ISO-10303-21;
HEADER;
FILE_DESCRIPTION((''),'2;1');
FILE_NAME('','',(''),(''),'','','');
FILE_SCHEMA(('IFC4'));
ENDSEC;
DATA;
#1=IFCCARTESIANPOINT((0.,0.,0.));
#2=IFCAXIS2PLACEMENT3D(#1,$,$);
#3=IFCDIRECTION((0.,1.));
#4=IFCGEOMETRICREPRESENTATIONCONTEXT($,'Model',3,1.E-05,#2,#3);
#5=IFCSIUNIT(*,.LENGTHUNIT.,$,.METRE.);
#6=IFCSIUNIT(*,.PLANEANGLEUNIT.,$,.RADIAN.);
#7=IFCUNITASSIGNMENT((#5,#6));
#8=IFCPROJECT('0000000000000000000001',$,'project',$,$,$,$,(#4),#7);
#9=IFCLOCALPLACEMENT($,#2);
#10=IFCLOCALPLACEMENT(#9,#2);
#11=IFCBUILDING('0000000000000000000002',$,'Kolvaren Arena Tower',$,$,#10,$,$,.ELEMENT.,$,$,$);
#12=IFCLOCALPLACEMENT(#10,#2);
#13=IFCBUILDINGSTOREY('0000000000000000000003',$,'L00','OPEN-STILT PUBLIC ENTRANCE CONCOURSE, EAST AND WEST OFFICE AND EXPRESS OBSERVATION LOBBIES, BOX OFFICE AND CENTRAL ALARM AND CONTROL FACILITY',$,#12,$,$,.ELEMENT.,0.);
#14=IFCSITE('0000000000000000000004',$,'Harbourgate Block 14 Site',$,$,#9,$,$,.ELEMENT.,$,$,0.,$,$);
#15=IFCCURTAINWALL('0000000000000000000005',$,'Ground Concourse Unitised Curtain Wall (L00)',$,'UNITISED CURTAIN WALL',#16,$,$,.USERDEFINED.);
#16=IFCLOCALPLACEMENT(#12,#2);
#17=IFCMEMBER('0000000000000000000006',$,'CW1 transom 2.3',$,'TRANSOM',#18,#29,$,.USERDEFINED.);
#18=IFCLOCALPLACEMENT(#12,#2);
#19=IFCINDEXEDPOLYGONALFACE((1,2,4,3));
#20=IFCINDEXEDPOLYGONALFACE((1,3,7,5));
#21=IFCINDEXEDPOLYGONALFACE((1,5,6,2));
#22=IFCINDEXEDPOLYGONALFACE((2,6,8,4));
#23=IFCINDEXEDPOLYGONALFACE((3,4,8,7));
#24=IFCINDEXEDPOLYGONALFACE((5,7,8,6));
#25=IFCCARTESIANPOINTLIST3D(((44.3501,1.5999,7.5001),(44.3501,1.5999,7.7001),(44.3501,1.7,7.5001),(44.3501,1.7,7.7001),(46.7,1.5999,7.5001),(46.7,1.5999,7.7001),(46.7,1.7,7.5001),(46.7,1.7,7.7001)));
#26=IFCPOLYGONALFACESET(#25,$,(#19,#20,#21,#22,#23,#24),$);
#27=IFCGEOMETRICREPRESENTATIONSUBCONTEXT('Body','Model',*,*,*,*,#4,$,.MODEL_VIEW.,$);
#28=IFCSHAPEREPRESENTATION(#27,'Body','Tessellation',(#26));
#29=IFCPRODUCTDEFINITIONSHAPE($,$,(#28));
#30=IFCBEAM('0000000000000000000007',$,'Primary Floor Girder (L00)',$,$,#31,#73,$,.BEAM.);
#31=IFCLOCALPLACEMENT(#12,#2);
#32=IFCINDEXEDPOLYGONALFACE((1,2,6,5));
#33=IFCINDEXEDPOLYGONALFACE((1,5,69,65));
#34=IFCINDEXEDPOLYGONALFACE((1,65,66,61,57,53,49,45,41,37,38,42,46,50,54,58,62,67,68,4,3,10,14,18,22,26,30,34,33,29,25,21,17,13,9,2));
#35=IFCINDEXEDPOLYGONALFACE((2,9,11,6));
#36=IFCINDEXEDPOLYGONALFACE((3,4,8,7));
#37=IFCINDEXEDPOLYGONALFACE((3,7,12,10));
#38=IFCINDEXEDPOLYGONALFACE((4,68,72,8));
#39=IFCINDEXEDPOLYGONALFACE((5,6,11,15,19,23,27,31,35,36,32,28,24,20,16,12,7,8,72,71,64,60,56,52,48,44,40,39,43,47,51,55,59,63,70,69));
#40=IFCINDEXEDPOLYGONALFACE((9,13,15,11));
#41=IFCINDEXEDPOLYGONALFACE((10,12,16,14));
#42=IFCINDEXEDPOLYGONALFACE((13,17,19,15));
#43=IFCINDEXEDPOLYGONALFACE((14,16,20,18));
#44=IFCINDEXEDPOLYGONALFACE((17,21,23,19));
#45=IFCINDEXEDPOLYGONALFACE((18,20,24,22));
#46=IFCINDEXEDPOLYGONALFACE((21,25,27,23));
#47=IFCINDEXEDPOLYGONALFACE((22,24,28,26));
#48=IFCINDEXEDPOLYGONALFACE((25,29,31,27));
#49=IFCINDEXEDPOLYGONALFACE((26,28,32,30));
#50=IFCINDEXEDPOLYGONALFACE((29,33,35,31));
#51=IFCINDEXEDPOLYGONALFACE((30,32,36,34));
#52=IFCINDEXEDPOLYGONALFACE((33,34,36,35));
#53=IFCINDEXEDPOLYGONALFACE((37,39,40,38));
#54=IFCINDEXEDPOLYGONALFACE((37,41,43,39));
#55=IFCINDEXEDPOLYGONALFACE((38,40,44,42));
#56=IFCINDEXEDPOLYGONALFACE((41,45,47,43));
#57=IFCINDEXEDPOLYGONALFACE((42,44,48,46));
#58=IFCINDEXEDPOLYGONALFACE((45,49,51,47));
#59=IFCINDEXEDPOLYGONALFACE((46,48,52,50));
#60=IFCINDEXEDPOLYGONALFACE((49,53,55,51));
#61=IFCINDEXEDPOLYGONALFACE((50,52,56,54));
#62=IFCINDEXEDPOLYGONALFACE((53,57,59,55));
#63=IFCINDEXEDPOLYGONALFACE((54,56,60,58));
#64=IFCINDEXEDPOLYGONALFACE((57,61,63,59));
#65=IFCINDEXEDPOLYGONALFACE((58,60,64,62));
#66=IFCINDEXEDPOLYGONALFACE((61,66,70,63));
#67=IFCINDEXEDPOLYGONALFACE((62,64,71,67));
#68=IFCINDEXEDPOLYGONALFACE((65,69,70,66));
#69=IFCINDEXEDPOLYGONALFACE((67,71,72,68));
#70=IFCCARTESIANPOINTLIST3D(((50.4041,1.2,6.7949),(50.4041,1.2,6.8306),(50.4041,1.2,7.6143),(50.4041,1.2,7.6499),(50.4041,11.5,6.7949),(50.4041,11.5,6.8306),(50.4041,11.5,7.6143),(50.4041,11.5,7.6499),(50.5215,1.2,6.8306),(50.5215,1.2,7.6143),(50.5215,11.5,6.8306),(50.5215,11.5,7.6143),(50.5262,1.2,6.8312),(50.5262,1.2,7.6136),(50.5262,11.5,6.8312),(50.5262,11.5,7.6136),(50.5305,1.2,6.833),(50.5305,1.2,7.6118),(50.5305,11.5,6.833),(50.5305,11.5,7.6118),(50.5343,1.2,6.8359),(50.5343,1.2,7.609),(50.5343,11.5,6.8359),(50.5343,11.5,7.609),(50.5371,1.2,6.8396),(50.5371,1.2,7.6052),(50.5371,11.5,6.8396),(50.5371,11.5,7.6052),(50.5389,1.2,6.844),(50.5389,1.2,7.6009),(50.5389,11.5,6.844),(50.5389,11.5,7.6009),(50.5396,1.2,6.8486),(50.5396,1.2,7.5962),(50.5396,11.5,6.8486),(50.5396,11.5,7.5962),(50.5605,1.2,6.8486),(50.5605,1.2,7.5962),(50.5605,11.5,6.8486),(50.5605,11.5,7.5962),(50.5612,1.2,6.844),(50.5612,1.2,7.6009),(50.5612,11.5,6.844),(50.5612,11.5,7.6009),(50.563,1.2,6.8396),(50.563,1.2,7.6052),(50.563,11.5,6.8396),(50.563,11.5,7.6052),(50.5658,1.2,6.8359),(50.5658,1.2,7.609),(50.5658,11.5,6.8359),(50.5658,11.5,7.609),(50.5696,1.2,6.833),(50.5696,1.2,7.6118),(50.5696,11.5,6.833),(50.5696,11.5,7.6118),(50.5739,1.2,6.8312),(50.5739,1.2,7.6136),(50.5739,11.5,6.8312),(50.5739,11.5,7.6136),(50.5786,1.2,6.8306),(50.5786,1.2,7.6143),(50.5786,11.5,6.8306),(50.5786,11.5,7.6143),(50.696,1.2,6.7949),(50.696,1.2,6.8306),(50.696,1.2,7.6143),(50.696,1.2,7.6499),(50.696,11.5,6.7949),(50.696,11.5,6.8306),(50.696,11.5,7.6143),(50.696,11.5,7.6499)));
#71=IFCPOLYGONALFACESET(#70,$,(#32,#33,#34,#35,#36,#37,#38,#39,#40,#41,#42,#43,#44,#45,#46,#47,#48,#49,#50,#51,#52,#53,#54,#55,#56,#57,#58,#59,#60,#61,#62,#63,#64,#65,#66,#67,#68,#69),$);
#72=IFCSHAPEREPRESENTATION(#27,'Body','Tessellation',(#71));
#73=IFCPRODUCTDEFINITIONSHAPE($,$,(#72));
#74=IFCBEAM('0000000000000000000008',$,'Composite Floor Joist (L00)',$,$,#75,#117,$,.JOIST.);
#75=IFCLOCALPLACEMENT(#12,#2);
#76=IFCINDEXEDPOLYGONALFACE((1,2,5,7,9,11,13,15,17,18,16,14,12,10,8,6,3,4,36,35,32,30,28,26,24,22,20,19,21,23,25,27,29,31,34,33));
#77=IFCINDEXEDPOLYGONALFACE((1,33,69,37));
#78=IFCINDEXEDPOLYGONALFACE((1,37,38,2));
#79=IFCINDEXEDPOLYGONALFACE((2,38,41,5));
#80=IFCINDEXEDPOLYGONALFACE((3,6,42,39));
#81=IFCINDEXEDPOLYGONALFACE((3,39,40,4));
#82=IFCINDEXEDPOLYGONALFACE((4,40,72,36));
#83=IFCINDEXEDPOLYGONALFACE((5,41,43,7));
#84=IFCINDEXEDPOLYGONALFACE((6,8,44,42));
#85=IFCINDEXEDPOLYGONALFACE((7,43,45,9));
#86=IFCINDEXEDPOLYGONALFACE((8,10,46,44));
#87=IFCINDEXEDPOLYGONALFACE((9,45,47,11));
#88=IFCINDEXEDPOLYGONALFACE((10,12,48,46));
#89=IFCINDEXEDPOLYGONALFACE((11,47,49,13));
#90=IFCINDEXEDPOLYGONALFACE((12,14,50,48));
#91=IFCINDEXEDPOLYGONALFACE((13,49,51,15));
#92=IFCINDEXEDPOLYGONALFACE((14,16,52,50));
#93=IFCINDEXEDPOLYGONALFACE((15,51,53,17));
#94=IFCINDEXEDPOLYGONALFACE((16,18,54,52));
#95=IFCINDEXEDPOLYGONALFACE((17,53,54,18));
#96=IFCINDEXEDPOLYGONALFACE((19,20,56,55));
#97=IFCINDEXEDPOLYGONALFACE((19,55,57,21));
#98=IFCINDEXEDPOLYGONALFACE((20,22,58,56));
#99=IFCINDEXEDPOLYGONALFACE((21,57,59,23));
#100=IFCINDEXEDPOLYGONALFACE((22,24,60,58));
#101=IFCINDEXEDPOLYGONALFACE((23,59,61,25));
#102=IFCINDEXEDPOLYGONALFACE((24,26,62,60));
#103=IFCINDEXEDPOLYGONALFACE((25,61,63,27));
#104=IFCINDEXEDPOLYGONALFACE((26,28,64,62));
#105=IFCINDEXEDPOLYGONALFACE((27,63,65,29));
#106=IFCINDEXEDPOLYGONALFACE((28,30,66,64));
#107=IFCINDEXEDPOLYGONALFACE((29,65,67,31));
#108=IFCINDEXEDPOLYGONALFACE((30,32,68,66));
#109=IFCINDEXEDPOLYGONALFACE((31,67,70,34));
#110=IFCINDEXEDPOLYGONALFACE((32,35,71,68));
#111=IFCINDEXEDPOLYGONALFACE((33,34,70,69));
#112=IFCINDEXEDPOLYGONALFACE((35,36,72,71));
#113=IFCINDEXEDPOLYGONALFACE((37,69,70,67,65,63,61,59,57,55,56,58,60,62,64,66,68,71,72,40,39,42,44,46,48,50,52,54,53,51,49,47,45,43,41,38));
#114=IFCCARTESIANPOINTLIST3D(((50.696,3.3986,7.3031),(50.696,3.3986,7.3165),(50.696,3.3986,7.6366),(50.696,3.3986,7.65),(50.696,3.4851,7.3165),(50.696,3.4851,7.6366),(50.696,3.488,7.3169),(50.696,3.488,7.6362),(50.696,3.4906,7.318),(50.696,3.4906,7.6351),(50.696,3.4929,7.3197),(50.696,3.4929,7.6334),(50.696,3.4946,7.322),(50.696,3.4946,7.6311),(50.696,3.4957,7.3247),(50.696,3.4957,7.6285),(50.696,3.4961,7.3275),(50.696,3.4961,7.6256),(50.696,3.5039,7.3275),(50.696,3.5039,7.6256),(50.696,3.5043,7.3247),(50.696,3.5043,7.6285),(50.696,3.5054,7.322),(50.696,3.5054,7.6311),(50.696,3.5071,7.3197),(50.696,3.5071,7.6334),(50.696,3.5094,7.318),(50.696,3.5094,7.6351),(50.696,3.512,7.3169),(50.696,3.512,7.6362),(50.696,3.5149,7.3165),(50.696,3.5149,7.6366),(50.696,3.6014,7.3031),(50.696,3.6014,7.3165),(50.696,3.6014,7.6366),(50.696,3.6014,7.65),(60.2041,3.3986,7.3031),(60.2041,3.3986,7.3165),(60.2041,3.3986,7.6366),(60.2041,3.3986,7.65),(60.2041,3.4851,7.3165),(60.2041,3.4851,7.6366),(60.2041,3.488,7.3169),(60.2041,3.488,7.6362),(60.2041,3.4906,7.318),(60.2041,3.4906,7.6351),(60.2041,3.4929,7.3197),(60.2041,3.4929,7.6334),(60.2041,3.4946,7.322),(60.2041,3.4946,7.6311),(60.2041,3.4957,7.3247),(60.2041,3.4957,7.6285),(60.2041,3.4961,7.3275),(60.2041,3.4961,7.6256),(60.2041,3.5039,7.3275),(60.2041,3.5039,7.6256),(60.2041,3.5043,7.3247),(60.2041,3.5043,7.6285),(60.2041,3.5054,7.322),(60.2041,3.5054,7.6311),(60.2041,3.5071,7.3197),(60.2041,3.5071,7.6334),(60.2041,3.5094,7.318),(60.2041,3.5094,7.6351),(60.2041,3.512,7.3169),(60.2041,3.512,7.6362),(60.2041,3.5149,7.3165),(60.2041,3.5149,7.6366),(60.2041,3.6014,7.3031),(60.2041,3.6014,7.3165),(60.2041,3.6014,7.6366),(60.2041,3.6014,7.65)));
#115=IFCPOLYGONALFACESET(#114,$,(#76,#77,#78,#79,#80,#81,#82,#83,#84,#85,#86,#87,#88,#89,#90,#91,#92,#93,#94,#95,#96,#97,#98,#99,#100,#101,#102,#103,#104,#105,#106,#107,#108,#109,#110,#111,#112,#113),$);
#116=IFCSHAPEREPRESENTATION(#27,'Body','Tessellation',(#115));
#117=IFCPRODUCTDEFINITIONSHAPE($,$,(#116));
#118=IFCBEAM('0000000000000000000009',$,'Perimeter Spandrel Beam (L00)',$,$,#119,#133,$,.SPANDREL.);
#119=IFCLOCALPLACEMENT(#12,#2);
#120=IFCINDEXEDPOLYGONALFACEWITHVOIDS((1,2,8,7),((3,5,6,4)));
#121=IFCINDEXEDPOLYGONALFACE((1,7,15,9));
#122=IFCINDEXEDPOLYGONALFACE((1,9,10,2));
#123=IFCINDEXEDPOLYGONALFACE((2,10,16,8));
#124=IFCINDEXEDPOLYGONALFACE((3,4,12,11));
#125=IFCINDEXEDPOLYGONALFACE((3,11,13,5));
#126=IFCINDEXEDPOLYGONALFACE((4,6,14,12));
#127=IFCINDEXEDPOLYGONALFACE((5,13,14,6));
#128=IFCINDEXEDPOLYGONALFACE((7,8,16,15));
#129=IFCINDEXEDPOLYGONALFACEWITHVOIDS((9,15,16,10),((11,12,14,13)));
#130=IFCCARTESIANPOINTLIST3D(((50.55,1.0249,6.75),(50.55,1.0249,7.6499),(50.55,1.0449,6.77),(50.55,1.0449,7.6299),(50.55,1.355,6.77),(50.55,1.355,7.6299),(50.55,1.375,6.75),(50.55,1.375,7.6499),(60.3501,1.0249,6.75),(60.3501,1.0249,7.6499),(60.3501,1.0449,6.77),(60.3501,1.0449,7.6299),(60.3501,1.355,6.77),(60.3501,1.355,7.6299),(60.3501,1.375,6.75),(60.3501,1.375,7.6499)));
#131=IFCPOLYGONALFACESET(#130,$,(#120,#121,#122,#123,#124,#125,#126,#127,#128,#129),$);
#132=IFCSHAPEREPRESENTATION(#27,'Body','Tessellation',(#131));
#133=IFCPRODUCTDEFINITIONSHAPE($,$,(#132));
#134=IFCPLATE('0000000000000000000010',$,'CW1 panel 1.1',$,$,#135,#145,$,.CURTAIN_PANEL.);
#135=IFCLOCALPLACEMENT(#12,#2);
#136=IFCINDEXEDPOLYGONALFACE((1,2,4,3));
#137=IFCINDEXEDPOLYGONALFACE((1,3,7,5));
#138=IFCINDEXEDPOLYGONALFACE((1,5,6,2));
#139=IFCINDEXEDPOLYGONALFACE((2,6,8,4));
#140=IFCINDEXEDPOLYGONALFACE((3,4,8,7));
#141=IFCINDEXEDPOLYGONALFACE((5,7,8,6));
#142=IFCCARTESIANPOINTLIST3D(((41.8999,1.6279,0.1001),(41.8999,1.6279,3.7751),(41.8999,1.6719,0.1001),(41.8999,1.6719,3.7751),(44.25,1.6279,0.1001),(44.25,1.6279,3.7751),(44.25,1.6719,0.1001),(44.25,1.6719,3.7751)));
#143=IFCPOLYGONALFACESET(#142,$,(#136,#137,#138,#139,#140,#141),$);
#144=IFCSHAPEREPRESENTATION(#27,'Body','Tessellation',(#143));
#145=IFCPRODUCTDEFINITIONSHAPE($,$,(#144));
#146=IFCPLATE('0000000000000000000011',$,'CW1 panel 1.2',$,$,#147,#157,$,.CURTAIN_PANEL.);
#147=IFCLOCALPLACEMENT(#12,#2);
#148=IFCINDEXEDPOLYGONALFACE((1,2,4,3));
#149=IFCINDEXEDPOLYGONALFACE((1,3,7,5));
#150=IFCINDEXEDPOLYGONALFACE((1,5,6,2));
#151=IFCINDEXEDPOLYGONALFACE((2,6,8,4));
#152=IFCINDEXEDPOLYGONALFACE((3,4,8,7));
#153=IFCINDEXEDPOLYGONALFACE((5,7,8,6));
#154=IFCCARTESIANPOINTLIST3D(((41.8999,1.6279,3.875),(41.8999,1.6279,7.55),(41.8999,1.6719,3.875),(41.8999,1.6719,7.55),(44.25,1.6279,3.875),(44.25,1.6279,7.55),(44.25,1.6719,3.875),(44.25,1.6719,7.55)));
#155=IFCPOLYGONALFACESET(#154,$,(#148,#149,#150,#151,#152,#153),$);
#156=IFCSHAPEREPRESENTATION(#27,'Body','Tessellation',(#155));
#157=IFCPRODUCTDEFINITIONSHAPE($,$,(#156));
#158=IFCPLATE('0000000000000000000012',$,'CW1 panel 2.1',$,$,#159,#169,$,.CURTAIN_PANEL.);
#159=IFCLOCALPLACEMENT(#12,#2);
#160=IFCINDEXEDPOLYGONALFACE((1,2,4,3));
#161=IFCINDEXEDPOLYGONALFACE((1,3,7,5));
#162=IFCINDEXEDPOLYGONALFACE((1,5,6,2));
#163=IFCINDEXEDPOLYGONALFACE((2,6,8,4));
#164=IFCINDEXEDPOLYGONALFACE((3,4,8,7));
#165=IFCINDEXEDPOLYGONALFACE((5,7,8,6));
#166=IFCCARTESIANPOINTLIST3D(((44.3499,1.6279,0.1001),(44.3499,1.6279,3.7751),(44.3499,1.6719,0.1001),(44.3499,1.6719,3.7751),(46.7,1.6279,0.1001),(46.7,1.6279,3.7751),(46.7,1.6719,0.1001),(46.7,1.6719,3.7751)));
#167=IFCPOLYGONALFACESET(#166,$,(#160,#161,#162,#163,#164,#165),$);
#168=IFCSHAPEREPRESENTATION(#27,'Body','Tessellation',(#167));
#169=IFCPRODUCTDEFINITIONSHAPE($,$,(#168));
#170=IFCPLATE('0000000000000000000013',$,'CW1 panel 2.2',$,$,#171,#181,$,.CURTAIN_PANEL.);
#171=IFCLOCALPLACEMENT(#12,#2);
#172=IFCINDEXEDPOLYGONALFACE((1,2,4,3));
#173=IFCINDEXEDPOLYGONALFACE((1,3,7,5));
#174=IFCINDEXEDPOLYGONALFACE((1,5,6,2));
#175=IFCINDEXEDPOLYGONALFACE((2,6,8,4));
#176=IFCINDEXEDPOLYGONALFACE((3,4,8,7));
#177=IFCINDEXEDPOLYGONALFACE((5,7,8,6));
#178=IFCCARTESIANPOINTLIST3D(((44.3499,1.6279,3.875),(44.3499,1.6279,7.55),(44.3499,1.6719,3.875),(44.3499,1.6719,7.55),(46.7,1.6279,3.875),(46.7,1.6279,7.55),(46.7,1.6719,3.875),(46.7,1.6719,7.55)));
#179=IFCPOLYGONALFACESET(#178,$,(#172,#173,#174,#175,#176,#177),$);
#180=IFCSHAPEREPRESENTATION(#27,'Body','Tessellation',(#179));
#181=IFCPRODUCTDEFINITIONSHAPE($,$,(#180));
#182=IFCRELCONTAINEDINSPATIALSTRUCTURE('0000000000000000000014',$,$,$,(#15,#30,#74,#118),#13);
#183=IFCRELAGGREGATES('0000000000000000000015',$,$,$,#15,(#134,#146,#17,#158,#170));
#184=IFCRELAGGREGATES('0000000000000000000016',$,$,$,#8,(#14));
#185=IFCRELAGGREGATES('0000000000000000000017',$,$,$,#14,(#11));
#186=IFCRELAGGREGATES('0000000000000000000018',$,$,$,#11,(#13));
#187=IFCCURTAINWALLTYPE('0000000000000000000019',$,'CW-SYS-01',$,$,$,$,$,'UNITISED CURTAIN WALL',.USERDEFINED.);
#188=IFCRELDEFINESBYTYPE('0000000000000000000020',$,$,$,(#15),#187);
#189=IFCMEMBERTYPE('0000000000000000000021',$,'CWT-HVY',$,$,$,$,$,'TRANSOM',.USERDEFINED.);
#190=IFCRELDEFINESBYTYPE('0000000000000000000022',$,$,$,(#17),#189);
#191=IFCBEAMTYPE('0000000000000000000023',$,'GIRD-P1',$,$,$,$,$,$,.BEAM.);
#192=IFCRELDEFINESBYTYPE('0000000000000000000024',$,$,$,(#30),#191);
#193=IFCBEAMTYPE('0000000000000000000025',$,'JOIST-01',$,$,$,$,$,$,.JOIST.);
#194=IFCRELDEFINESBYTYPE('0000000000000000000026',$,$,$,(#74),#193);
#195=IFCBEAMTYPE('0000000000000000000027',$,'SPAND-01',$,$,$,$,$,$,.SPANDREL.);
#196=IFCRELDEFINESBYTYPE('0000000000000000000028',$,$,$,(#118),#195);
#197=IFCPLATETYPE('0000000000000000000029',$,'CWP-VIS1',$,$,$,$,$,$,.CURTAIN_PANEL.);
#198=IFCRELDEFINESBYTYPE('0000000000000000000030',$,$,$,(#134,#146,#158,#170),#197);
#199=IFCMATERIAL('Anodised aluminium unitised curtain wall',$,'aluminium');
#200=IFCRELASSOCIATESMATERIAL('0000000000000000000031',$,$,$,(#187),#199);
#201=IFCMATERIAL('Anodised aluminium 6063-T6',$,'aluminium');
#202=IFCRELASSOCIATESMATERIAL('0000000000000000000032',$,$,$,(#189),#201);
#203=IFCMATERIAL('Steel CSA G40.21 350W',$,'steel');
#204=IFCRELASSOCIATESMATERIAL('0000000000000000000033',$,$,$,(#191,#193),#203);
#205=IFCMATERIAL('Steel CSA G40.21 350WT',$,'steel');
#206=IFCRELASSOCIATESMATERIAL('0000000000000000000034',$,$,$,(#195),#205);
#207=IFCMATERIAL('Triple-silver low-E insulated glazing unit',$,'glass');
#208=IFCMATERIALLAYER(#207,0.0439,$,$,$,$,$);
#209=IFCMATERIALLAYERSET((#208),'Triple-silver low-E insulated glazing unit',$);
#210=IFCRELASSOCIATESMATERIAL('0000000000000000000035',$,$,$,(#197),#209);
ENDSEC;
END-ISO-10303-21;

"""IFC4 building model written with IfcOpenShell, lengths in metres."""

from ifc_helpers import new_model, si_unit, direction, frame, origin, origin_2d, place, context, subcontext, project, spatial, rectangle, hollow_rectangle, i_section, extrude, material, layer, layer_set, material_profile, profile_set, type_object, element, aggregate, save


model = new_model("IFC4")

# Units and contexts
model_context = context("Model", 3, precision=1e-05, world=origin(), true_north=direction((0.0, 1.0)))
body_context = subcontext(model_context, "Body", "Model", "MODEL_VIEW")
ifc_project = project(units=[si_unit("LENGTHUNIT", "METRE"), si_unit("PLANEANGLEUNIT", "RADIAN")], contexts=[model_context])

# Site, building, storey
site_placement = place(None, origin())
site = spatial("IfcSite", under=ifc_project, at=site_placement, Name="Harbourgate Block 14 Site", CompositionType="ELEMENT", RefElevation=0.0)
building_placement = place(site_placement, origin())
building = spatial("IfcBuilding", under=site, at=building_placement, Name="Kolvaren Arena Tower", CompositionType="ELEMENT")
storey_placement = place(building_placement, origin())
storey = spatial("IfcBuildingStorey", under=building, at=storey_placement, Name="L00", Description="OPEN-STILT PUBLIC ENTRANCE CONCOURSE, EAST AND WEST OFFICE AND EXPRESS OBSERVATION LOBBIES, BOX OFFICE AND CENTRAL ALARM AND CONTROL FACILITY", CompositionType="ELEMENT", Elevation=0.0)

# Curtain wall, member
ifc_material_1 = material(Name="Anodised aluminium unitised curtain wall", Category="aluminium")
curtain_wall_type = type_object("IfcCurtainWallType", Name="CW-SYS-01", ElementType="UNITISED CURTAIN WALL", PredefinedType="USERDEFINED", material=ifc_material_1)
curtain_wall_placement = place(storey_placement, origin())
curtain_wall = element("IfcCurtainWall", 1, at=curtain_wall_placement, inside=storey, type_object=curtain_wall_type, Name="Ground Concourse Unitised Curtain Wall (L00)", ObjectType="UNITISED CURTAIN WALL", PredefinedType="USERDEFINED")
ifc_material_2 = material(Name="Anodised aluminium 6063-T6", Category="aluminium")
ifc_material_profile_1 = material_profile(ifc_material_2, rectangle(XDim=0.1001, YDim=0.2, at=origin_2d()), Name="ALU-100x200")
ifc_profile_set_1 = profile_set([ifc_material_profile_1], Name="Anodised aluminium 6063-T6")
member_type_1 = type_object("IfcMemberType", Name="CWT-HVY", ElementType="TRANSOM", PredefinedType="USERDEFINED", material=ifc_profile_set_1)
member_1_placement = place(storey_placement, frame((44.3501, 1.6499, 7.6001), z_axis=(1.0, 0.0, 0.0), x_axis=(0.0, 1.0, 0.0)))
member_1 = element("IfcMember", 2, at=member_1_placement, type_object=member_type_1, Name="CW1 transom 2.3", ObjectType="TRANSOM", PredefinedType="USERDEFINED", context=body_context, shape_type="SweptSolid", body=[
    extrude(rectangle(XDim=0.1001, YDim=0.2, at=origin_2d()), origin(), (0.0, 0.0, 1.0), 2.3499),
])

# Beams
ifc_material_3 = material(Name="Steel CSA G40.21 350W", Category="steel")
ifc_material_profile_2 = material_profile(ifc_material_3, i_section(OverallWidth=0.292, OverallDepth=0.855, WebThickness=0.021, FlangeThickness=0.0356, FilletRadius=0.0181, at=origin_2d()), Name="W840x299")
ifc_profile_set_2 = profile_set([ifc_material_profile_2], Name="Steel CSA G40.21 350W")
beam_type_1 = type_object("IfcBeamType", Name="GIRD-P1", PredefinedType="BEAM", material=ifc_profile_set_2)
beam_1_placement = place(storey_placement, frame((50.55, 1.2, 7.2224), z_axis=(0.0, 1.0, 0.0), x_axis=(-1.0, 0.0, 0.0)))
element("IfcBeam", 3, at=beam_1_placement, inside=storey, type_object=beam_type_1, Name="Primary Floor Girder (L00)", PredefinedType="BEAM", context=body_context, shape_type="SweptSolid", body=[
    extrude(i_section(OverallWidth=0.292, OverallDepth=0.855, WebThickness=0.021, FlangeThickness=0.0356, FilletRadius=0.0181, at=origin_2d()), origin(), (0.0, 0.0, 1.0), 10.3),
])
ifc_material_profile_3 = material_profile(ifc_material_3, i_section(OverallWidth=0.2029, OverallDepth=0.3469, WebThickness=0.0078, FlangeThickness=0.0134, FilletRadius=0.011, at=origin_2d()), Name="W360x64")
ifc_profile_set_3 = profile_set([ifc_material_profile_3], Name="Steel CSA G40.21 350W")
beam_type_2 = type_object("IfcBeamType", Name="JOIST-01", PredefinedType="JOIST", material=ifc_profile_set_3)
beam_2_placement = place(storey_placement, frame((50.696, 3.5, 7.4766), z_axis=(1.0, 0.0, 0.0), x_axis=(0.0, 1.0, 0.0)))
element("IfcBeam", 4, at=beam_2_placement, inside=storey, type_object=beam_type_2, Name="Composite Floor Joist (L00)", PredefinedType="JOIST", context=body_context, shape_type="SweptSolid", body=[
    extrude(i_section(OverallWidth=0.2029, OverallDepth=0.3469, WebThickness=0.0078, FlangeThickness=0.0134, FilletRadius=0.011, at=origin_2d()), origin(), (0.0, 0.0, 1.0), 9.5081),
])
ifc_material_4 = material(Name="Steel CSA G40.21 350WT", Category="steel")
ifc_material_profile_4 = material_profile(ifc_material_4, hollow_rectangle(XDim=0.3501, YDim=0.8999, WallThickness=0.02, at=origin_2d()), Name="HSS 900x350x20")
ifc_profile_set_4 = profile_set([ifc_material_profile_4], Name="Steel CSA G40.21 350WT")
beam_type_3 = type_object("IfcBeamType", Name="SPAND-01", PredefinedType="SPANDREL", material=ifc_profile_set_4)
beam_3_placement = place(storey_placement, frame((50.55, 1.2, 7.2), z_axis=(1.0, 0.0, 0.0), x_axis=(0.0, 1.0, 0.0)))
element("IfcBeam", 5, at=beam_3_placement, inside=storey, type_object=beam_type_3, Name="Perimeter Spandrel Beam (L00)", PredefinedType="SPANDREL", context=body_context, shape_type="SweptSolid", body=[
    extrude(hollow_rectangle(XDim=0.3501, YDim=0.8999, WallThickness=0.02, at=origin_2d()), origin(), (0.0, 0.0, 1.0), 9.8),
])

# Plates
ifc_material_5 = material(Name="Triple-silver low-E insulated glazing unit", Category="glass")
ifc_layer_1 = layer(ifc_material_5, 0.0439)
ifc_layer_set_1 = layer_set([ifc_layer_1], Name="Triple-silver low-E insulated glazing unit")
plate_type_1 = type_object("IfcPlateType", Name="CWP-VIS1", PredefinedType="CURTAIN_PANEL", material=ifc_layer_set_1)
plate_1_placement = place(storey_placement, frame((43.075, 1.6499, 0.1001), z_axis=(0.0, 0.0, 1.0), x_axis=(1.0, 0.0, 0.0)))
plate_1 = element("IfcPlate", 6, at=plate_1_placement, type_object=plate_type_1, Name="CW1 panel 1.1", PredefinedType="CURTAIN_PANEL", context=body_context, shape_type="SweptSolid", body=[
    extrude(rectangle(XDim=2.3501, YDim=0.0439, at=origin_2d()), origin(), (0.0, 0.0, 1.0), 3.675),
])
plate_2_placement = place(storey_placement, frame((43.075, 1.6499, 3.875), z_axis=(0.0, 0.0, 1.0), x_axis=(1.0, 0.0, 0.0)))
plate_2 = element("IfcPlate", 7, at=plate_2_placement, type_object=plate_type_1, Name="CW1 panel 1.2", PredefinedType="CURTAIN_PANEL", context=body_context, shape_type="SweptSolid", body=[
    extrude(rectangle(XDim=2.3501, YDim=0.0439, at=origin_2d()), origin(), (0.0, 0.0, 1.0), 3.675),
])
plate_3_placement = place(storey_placement, frame((45.5249, 1.6499, 0.1001), z_axis=(0.0, 0.0, 1.0), x_axis=(1.0, 0.0, 0.0)))
plate_3 = element("IfcPlate", 8, at=plate_3_placement, type_object=plate_type_1, Name="CW1 panel 2.1", PredefinedType="CURTAIN_PANEL", context=body_context, shape_type="SweptSolid", body=[
    extrude(rectangle(XDim=2.3501, YDim=0.0439, at=origin_2d()), origin(), (0.0, 0.0, 1.0), 3.675),
])
plate_4_placement = place(storey_placement, frame((45.5249, 1.6499, 3.875), z_axis=(0.0, 0.0, 1.0), x_axis=(1.0, 0.0, 0.0)))
plate_4 = element("IfcPlate", 9, at=plate_4_placement, type_object=plate_type_1, Name="CW1 panel 2.2", PredefinedType="CURTAIN_PANEL", context=body_context, shape_type="SweptSolid", body=[
    extrude(rectangle(XDim=2.3501, YDim=0.0439, at=origin_2d()), origin(), (0.0, 0.0, 1.0), 3.675),
])
aggregate(curtain_wall, [plate_1, plate_2, member_1, plate_3, plate_4])

save(model, "model.ifc")
